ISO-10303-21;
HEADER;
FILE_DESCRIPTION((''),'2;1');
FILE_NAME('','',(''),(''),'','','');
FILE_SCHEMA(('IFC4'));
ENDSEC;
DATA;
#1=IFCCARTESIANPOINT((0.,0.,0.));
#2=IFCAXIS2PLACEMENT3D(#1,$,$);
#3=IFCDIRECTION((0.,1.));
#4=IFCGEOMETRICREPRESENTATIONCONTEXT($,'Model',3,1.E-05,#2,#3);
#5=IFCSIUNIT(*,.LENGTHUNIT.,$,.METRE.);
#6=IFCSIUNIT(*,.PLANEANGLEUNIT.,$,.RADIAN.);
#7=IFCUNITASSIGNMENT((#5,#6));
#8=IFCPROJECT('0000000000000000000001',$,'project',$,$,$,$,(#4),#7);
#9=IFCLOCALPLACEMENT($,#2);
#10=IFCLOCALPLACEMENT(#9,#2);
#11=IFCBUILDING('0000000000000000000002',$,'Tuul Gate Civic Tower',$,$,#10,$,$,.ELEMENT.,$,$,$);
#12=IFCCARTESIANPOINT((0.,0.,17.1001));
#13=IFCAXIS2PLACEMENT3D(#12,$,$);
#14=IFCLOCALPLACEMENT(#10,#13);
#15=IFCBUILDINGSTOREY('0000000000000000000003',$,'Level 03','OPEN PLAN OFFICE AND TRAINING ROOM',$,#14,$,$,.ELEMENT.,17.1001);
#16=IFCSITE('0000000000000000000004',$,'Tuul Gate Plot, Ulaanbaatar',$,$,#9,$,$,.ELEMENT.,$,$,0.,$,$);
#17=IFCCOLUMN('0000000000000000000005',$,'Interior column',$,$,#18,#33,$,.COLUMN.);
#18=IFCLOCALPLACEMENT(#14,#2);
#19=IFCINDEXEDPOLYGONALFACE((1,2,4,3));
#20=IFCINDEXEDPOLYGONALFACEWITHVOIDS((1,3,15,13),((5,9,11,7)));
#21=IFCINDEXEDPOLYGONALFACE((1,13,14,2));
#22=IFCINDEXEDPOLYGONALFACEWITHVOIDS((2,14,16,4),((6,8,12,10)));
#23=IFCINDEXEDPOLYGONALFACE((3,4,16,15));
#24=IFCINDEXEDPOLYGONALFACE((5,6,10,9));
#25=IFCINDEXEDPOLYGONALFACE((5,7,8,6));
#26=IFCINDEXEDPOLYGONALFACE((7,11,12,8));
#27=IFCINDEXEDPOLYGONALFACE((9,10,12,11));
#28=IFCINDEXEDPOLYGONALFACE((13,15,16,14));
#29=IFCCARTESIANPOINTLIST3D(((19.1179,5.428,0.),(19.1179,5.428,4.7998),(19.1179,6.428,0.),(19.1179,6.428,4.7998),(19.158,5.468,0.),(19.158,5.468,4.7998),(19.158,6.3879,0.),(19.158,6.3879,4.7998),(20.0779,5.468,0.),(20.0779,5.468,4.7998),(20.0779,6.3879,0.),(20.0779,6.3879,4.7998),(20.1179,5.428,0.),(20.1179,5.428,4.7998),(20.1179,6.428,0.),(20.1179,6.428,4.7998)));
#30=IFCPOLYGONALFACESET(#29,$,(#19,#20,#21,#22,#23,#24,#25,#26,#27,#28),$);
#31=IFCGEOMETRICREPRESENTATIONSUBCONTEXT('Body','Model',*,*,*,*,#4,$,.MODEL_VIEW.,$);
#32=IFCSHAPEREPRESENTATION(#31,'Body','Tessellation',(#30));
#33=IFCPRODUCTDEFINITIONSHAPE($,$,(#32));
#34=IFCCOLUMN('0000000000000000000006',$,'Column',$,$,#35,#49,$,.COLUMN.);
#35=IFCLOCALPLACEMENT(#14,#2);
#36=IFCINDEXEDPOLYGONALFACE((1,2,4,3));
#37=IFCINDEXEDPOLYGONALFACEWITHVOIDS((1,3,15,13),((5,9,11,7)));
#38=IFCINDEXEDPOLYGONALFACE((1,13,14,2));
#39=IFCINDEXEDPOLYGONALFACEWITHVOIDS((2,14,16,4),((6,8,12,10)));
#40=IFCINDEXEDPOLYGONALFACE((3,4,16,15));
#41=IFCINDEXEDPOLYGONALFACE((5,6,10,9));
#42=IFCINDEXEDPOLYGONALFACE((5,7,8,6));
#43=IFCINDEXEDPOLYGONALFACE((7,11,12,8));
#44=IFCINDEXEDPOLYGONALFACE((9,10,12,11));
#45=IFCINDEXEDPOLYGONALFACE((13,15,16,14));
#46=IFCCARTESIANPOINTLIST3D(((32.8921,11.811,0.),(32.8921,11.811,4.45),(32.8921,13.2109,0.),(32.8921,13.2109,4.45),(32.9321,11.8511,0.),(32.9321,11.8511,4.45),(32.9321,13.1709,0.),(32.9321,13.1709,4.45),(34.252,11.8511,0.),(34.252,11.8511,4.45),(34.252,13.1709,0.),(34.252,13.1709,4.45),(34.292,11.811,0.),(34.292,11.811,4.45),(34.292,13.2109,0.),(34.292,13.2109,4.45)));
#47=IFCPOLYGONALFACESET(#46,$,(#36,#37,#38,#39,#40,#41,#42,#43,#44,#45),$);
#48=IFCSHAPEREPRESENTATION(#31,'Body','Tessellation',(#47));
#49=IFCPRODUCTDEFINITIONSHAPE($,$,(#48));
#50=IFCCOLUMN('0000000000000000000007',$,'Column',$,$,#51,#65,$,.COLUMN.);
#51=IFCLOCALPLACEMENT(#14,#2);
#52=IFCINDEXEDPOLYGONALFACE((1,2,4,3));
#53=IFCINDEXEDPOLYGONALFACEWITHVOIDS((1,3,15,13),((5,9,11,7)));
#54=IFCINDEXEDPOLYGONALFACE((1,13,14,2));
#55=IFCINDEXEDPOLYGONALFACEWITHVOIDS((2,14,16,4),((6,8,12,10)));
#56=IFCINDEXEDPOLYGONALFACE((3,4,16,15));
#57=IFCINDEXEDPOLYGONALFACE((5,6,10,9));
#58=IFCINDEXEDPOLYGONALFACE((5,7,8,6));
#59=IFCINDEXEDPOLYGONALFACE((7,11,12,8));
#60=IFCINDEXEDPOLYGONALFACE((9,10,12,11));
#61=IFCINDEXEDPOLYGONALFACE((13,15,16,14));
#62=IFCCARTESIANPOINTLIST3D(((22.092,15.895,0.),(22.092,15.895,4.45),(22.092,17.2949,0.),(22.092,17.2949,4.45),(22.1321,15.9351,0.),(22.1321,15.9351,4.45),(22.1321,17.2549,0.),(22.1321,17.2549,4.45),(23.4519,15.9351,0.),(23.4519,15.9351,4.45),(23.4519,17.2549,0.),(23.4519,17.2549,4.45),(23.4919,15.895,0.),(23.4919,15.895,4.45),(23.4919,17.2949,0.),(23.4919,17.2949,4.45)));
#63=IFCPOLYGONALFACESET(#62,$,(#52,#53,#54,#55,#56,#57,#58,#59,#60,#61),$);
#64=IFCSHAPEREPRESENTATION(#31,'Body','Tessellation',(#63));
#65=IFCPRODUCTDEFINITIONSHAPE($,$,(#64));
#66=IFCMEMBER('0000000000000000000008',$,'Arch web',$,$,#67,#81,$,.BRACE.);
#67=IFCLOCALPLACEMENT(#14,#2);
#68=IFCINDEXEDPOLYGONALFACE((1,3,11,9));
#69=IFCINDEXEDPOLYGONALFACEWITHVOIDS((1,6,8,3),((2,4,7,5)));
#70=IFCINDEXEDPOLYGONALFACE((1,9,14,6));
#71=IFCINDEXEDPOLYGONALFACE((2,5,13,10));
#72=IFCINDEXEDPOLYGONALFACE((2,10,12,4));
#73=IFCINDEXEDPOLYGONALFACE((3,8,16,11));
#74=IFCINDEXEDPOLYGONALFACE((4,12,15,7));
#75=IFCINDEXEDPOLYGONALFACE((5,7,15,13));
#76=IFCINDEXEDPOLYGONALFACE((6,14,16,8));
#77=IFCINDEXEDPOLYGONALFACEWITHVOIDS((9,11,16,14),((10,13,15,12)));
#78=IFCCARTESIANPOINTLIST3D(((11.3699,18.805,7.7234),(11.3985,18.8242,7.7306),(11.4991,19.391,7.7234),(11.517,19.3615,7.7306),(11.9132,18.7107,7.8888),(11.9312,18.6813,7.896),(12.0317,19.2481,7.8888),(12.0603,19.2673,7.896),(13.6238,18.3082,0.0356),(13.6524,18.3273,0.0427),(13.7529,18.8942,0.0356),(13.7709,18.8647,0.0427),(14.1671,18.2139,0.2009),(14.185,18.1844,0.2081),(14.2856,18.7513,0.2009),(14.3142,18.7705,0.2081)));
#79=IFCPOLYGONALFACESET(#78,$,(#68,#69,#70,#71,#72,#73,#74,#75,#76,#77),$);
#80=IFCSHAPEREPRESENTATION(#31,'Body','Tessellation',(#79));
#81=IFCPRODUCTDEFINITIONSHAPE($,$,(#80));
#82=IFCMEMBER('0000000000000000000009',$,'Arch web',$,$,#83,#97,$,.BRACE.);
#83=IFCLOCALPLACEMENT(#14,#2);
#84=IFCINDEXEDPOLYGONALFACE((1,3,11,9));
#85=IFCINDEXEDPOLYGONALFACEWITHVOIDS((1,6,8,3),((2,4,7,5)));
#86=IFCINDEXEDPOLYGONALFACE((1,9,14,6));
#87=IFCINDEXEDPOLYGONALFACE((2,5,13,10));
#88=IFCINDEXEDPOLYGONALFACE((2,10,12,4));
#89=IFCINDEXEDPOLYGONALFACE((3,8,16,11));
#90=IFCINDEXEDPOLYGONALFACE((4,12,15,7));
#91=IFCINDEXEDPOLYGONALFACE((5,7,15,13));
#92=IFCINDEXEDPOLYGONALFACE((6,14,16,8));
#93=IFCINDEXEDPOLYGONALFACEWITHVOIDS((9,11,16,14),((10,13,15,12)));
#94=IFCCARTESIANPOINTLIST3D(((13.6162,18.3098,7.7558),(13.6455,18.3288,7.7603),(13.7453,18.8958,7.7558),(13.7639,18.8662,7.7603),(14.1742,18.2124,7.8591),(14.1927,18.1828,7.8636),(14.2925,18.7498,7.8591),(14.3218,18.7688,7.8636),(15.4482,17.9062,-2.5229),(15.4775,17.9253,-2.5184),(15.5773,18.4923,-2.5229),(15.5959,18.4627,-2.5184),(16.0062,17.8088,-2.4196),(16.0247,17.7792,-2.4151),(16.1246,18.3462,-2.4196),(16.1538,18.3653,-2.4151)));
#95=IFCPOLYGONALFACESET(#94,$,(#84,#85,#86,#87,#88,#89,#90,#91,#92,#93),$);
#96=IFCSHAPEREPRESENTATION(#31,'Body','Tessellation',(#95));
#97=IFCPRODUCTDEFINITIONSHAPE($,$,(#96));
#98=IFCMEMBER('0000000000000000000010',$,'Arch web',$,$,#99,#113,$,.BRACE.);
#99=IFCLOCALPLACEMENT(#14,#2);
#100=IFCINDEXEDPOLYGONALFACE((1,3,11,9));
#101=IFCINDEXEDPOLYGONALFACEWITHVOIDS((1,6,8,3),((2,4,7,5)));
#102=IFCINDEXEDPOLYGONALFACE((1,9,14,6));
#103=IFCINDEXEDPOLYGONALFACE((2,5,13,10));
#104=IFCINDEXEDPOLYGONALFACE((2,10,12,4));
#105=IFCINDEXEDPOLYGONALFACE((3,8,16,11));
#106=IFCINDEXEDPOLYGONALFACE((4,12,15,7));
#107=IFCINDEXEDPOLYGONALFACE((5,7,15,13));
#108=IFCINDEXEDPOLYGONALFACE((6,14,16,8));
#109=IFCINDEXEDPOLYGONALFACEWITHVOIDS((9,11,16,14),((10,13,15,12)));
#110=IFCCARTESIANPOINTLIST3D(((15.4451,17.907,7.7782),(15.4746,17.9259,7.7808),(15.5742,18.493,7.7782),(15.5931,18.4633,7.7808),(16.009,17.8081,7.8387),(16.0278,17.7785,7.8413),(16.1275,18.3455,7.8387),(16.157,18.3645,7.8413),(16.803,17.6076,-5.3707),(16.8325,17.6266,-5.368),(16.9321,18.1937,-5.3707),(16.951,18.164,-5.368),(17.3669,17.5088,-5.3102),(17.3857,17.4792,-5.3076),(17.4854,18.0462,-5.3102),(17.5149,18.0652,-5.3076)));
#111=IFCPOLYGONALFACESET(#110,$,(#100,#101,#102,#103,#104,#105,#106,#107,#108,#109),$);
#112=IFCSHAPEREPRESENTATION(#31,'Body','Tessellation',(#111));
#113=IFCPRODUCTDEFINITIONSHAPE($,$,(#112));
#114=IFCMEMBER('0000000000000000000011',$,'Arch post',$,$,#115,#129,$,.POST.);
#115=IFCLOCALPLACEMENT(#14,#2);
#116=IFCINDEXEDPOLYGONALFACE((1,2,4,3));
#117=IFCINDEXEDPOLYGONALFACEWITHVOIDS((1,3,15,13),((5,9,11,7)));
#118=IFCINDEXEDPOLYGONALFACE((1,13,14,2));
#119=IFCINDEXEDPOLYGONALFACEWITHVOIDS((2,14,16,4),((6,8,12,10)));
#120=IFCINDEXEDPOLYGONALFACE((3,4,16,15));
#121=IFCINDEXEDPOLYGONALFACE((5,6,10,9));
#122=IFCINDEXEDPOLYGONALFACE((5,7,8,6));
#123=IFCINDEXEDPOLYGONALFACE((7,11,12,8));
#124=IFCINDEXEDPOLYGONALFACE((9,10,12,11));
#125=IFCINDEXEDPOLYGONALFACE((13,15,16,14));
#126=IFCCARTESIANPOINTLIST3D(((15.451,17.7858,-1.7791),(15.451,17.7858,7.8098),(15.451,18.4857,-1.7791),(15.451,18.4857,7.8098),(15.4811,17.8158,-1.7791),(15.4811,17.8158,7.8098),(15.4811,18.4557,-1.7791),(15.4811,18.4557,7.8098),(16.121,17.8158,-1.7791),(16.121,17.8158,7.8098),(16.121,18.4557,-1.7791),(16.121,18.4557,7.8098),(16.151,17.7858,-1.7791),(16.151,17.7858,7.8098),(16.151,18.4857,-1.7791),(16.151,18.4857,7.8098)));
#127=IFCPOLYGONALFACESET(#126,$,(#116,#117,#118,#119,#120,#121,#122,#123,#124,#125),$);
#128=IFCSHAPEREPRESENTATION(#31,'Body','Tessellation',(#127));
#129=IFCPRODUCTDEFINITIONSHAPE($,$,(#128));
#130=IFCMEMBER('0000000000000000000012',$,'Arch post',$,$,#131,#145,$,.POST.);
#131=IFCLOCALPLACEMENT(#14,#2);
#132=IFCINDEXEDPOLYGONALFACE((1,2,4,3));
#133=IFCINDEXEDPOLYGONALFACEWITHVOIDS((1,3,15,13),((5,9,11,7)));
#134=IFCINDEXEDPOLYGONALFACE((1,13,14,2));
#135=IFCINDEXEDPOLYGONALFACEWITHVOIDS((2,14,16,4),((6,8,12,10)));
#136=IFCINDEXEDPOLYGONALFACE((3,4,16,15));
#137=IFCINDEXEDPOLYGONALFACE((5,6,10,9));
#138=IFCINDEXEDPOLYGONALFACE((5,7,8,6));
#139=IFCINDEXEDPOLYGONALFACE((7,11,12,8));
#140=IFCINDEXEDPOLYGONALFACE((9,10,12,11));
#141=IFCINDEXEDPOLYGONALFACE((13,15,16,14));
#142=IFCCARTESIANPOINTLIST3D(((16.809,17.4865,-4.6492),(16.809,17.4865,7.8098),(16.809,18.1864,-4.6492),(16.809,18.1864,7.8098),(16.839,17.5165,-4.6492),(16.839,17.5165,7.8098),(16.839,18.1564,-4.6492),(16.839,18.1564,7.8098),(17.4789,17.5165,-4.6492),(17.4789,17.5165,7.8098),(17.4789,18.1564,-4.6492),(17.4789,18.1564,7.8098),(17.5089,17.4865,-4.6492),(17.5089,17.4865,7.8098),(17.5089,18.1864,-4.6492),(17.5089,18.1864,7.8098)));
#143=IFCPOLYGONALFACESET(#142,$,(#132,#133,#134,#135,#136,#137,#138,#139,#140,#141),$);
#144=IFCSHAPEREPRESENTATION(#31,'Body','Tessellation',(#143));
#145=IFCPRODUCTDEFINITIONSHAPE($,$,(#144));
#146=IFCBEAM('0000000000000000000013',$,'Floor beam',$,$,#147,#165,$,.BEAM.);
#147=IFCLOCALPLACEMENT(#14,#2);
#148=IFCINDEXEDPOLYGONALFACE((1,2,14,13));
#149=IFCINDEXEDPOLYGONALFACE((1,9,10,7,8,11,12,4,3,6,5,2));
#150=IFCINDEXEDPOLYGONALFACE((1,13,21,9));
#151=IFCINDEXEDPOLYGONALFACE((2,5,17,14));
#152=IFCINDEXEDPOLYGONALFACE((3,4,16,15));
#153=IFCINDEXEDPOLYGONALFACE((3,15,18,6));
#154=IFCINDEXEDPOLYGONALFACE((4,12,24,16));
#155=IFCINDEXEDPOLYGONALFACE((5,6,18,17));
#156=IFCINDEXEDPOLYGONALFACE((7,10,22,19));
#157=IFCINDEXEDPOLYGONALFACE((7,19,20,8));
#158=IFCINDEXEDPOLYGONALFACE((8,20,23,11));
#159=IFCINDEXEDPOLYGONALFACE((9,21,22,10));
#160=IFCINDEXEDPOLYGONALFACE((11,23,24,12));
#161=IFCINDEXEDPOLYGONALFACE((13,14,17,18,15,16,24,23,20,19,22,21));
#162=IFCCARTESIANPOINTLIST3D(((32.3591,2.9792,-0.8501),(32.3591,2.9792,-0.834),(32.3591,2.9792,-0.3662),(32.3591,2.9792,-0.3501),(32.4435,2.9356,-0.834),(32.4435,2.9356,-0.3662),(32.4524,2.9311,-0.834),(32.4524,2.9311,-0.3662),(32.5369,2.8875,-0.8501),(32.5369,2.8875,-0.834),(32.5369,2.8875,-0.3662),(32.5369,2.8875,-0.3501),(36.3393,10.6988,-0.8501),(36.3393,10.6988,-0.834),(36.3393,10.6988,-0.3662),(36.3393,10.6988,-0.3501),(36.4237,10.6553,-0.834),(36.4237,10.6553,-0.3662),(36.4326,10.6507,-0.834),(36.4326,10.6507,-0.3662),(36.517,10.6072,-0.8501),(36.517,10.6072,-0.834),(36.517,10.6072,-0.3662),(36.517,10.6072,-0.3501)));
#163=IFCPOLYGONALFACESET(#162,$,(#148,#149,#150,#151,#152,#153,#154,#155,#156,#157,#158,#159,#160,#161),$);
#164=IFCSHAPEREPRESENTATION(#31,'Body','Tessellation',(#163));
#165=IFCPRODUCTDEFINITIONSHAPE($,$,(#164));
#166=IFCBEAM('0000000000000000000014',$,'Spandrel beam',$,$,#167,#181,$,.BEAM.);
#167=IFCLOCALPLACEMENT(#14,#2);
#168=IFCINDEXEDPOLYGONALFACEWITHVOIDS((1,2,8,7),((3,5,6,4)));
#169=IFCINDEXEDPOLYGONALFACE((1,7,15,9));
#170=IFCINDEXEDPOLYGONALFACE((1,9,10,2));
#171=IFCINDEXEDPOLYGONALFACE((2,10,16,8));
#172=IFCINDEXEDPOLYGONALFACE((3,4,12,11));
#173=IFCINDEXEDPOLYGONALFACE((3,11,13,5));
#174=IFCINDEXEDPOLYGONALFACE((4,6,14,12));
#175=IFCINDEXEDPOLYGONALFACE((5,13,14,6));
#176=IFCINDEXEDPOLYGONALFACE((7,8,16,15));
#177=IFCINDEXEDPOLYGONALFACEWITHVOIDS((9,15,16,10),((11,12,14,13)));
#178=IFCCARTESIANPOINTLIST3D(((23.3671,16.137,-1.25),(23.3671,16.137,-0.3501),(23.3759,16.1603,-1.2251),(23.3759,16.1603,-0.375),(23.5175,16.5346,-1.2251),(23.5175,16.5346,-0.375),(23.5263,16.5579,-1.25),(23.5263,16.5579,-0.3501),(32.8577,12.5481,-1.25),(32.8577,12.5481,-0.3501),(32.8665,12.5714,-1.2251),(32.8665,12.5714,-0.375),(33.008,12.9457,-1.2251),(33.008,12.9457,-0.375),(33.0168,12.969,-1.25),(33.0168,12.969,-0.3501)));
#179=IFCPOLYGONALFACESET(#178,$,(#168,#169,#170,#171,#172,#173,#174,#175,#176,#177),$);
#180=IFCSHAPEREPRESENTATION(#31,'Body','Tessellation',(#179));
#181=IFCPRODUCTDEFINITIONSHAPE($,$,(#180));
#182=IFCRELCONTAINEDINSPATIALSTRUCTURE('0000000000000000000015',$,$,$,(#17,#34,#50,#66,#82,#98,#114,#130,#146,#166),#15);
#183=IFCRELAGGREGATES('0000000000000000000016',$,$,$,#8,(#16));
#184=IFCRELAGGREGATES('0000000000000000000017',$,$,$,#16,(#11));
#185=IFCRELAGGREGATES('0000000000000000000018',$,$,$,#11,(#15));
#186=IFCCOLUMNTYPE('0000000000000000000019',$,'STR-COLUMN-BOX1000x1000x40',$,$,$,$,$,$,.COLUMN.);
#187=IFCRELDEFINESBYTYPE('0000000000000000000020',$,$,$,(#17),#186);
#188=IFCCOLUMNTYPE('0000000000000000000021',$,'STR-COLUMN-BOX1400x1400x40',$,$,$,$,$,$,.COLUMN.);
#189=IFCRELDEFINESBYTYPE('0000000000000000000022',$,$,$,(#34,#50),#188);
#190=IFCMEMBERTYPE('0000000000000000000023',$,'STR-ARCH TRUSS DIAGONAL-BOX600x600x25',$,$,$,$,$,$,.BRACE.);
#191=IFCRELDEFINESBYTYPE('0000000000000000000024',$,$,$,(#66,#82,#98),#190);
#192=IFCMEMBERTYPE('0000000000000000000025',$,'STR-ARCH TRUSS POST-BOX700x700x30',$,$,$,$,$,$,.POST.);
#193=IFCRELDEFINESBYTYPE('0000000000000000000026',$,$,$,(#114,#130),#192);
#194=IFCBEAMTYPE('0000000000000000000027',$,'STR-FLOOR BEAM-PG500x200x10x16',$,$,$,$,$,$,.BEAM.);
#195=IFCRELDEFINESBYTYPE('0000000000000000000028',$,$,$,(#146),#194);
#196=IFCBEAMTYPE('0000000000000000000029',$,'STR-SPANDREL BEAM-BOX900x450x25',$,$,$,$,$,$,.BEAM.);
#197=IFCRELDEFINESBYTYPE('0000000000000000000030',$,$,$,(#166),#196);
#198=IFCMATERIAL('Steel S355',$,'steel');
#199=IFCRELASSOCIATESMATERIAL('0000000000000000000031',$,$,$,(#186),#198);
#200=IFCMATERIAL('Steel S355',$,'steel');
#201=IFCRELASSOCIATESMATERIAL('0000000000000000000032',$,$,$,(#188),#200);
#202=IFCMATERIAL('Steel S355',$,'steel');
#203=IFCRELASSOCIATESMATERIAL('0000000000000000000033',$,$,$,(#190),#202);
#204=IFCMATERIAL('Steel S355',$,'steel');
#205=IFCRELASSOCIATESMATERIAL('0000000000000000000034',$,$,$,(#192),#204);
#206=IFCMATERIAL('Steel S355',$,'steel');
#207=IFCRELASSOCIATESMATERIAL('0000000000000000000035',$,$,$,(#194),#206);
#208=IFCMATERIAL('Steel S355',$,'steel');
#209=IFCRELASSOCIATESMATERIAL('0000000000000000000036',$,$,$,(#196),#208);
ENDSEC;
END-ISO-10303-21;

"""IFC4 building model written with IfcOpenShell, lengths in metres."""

from ifc_helpers import new_model, si_unit, direction, frame, origin, origin_2d, place, context, subcontext, project, spatial, hollow_rectangle, i_section, extrude, material, material_profile, profile_set, type_object, element, save


model = new_model("IFC4")

# Units and contexts
model_context = context("Model", 3, precision=1e-05, world=origin(), true_north=direction((0.0, 1.0)))
body_context = subcontext(model_context, "Body", "Model", "MODEL_VIEW")
ifc_project = project(units=[si_unit("LENGTHUNIT", "METRE"), si_unit("PLANEANGLEUNIT", "RADIAN")], contexts=[model_context])

# Site, building, storey
site_placement = place(None, origin())
site = spatial("IfcSite", under=ifc_project, at=site_placement, Name="Tuul Gate Plot, Ulaanbaatar", CompositionType="ELEMENT", RefElevation=0.0)
building_placement = place(site_placement, origin())
building = spatial("IfcBuilding", under=site, at=building_placement, Name="Tuul Gate Civic Tower", CompositionType="ELEMENT")
storey_placement = place(building_placement, frame((0.0, 0.0, 17.1001)))
storey = spatial("IfcBuildingStorey", under=building, at=storey_placement, Name="Level 03", Description="OPEN PLAN OFFICE AND TRAINING ROOM", CompositionType="ELEMENT", Elevation=17.1001)

# Columns
ifc_material_1 = material(Name="Steel S355", Category="steel")
ifc_material_profile_1 = material_profile(ifc_material_1, hollow_rectangle(XDim=1.0, YDim=1.0, WallThickness=0.04, at=origin_2d()), Name="BOX1000x1000x40")
ifc_profile_set_1 = profile_set([ifc_material_profile_1], Name="Steel S355")
column_type_1 = type_object("IfcColumnType", Name="STR-COLUMN-BOX1000x1000x40", PredefinedType="COLUMN", material=ifc_profile_set_1)
column_placement = place(storey_placement, frame((19.6179, 5.928, 0.0), z_axis=(0.0, 0.0, 1.0), x_axis=(1.0, 0.0, 0.0)))
element("IfcColumn", 1, at=column_placement, inside=storey, type_object=column_type_1, Name="Interior column", PredefinedType="COLUMN", context=body_context, shape_type="SweptSolid", body=[
    extrude(hollow_rectangle(XDim=1.0, YDim=1.0, WallThickness=0.04, at=origin_2d()), origin(), (0.0, 0.0, 1.0), 4.7998),
])
ifc_material_2 = material(Name="Steel S355", Category="steel")
ifc_material_profile_2 = material_profile(ifc_material_2, hollow_rectangle(XDim=1.3999, YDim=1.3999, WallThickness=0.04, at=origin_2d()), Name="BOX1400x1400x40")
ifc_profile_set_2 = profile_set([ifc_material_profile_2], Name="Steel S355")
column_type_2 = type_object("IfcColumnType", Name="STR-COLUMN-BOX1400x1400x40", PredefinedType="COLUMN", material=ifc_profile_set_2)
for number, where, z_axis, x_axis, name in (
    (2, (33.592, 12.511, 0.0), (0.0, 0.0, 1.0), (1.0, 0.0, 0.0), "Column"),
    (3, (22.792, 16.595, 0.0), (0.0, 0.0, 1.0), (1.0, 0.0, 0.0), "Column"),
):
    element("IfcColumn", number, at=place(storey_placement, frame(where, z_axis=z_axis, x_axis=x_axis)), inside=storey, type_object=column_type_2, Name=name, PredefinedType="COLUMN", context=body_context, shape_type="SweptSolid", body=[
        extrude(hollow_rectangle(XDim=1.3999, YDim=1.3999, WallThickness=0.04, at=origin_2d()), origin(), (0.0, 0.0, 1.0), 4.45),
    ])

# Members
ifc_material_3 = material(Name="Steel S355", Category="steel")
ifc_material_profile_3 = material_profile(ifc_material_3, hollow_rectangle(XDim=0.6001, YDim=0.6001, WallThickness=0.0249, at=origin_2d()), Name="BOX600x600x25")
ifc_profile_set_3 = profile_set([ifc_material_profile_3], Name="Steel S355")
member_type_1 = type_object("IfcMemberType", Name="STR-ARCH TRUSS DIAGONAL-BOX600x600x25", PredefinedType="BRACE", material=ifc_profile_set_3)
member_1_placement = place(storey_placement, frame((13.969, 18.5393, 0.1218), z_axis=(-0.280792, 0.061895, 0.957771), x_axis=(-0.215261, -0.976556, 0.0)))
element("IfcMember", 4, at=member_1_placement, inside=storey, type_object=member_type_1, Name="Arch web", PredefinedType="BRACE", context=body_context, shape_type="SweptSolid", body=[
    extrude(hollow_rectangle(XDim=0.6001, YDim=0.6001, WallThickness=0.0249, at=origin_2d()), origin(), (0.0, 0.0, 1.0), 8.0269),
])
member_2_placement = place(storey_placement, frame((15.801, 18.1357, -2.469), z_axis=(-0.175338, 0.038624, 0.98375), x_axis=(-0.215125, -0.976587, 0.0)))
element("IfcMember", 5, at=member_2_placement, inside=storey, type_object=member_type_1, Name="Arch web", PredefinedType="BRACE", context=body_context, shape_type="SweptSolid", body=[
    extrude(hollow_rectangle(XDim=0.6001, YDim=0.6001, WallThickness=0.0249, at=origin_2d()), origin(), (0.0, 0.0, 1.0), 10.4485),
])
member_3_placement = place(storey_placement, frame((17.1589, 17.8364, -5.3391), z_axis=(-0.102699, 0.022637, 0.994455), x_axis=(-0.215257, -0.976557, 0.0)))
element("IfcMember", 6, at=member_3_placement, inside=storey, type_object=member_type_1, Name="Arch web", PredefinedType="BRACE", context=body_context, shape_type="SweptSolid", body=[
    extrude(hollow_rectangle(XDim=0.6001, YDim=0.6001, WallThickness=0.0249, at=origin_2d()), origin(), (0.0, 0.0, 1.0), 13.2222),
])
ifc_material_4 = material(Name="Steel S355", Category="steel")
ifc_material_profile_4 = material_profile(ifc_material_4, hollow_rectangle(XDim=0.7, YDim=0.7, WallThickness=0.03, at=origin_2d()), Name="BOX700x700x30")
ifc_profile_set_4 = profile_set([ifc_material_profile_4], Name="Steel S355")
member_type_2 = type_object("IfcMemberType", Name="STR-ARCH TRUSS POST-BOX700x700x30", PredefinedType="POST", material=ifc_profile_set_4)
member_4_placement = place(storey_placement, frame((15.801, 18.1357, -1.7791), z_axis=(0.0, 0.0, 1.0), x_axis=(1.0, 0.0, 0.0)))
element("IfcMember", 7, at=member_4_placement, inside=storey, type_object=member_type_2, Name="Arch post", PredefinedType="POST", context=body_context, shape_type="SweptSolid", body=[
    extrude(hollow_rectangle(XDim=0.7, YDim=0.7, WallThickness=0.03, at=origin_2d()), origin(), (0.0, 0.0, 1.0), 9.5889),
])
member_5_placement = place(storey_placement, frame((17.1589, 17.8364, -4.6492), z_axis=(0.0, 0.0, 1.0), x_axis=(1.0, 0.0, 0.0)))
element("IfcMember", 8, at=member_5_placement, inside=storey, type_object=member_type_2, Name="Arch post", PredefinedType="POST", context=body_context, shape_type="SweptSolid", body=[
    extrude(hollow_rectangle(XDim=0.7, YDim=0.7, WallThickness=0.03, at=origin_2d()), origin(), (0.0, 0.0, 1.0), 12.459),
])

# Beams
ifc_material_5 = material(Name="Steel S355", Category="steel")
ifc_material_profile_5 = material_profile(ifc_material_5, i_section(OverallWidth=0.2, OverallDepth=0.5, WebThickness=0.01, FlangeThickness=0.0161, at=origin_2d()), Name="PG500x200x10x16")
ifc_profile_set_5 = profile_set([ifc_material_profile_5], Name="Steel S355")
beam_type_1 = type_object("IfcBeamType", Name="STR-FLOOR BEAM-PG500x200x10x16", PredefinedType="BEAM", material=ifc_profile_set_5)
beam_1_placement = place(storey_placement, frame((32.448, 2.9333, -0.6001), z_axis=(0.458266, 0.888815, 0.0), x_axis=(-0.888815, 0.458266, 0.0)))
element("IfcBeam", 9, at=beam_1_placement, inside=storey, type_object=beam_type_1, Name="Floor beam", PredefinedType="BEAM", context=body_context, shape_type="SweptSolid", body=[
    extrude(i_section(OverallWidth=0.2, OverallDepth=0.5, WebThickness=0.01, FlangeThickness=0.0161, at=origin_2d()), origin(), (0.0, 0.0, 1.0), 8.6853),
])
ifc_material_6 = material(Name="Steel S355", Category="steel")
ifc_material_profile_6 = material_profile(ifc_material_6, hollow_rectangle(XDim=0.45, YDim=0.8999, WallThickness=0.0249, at=origin_2d()), Name="BOX900x450x25")
ifc_profile_set_6 = profile_set([ifc_material_profile_6], Name="Steel S355")
beam_type_2 = type_object("IfcBeamType", Name="STR-SPANDREL BEAM-BOX900x450x25", PredefinedType="BEAM", material=ifc_profile_set_6)
beam_2_placement = place(storey_placement, frame((32.9373, 12.7585, -0.8), z_axis=(-0.935356, 0.353709, 0.0), x_axis=(-0.353709, -0.935356, 0.0)))
element("IfcBeam", 10, at=beam_2_placement, inside=storey, type_object=beam_type_2, Name="Spandrel beam", PredefinedType="BEAM", context=body_context, shape_type="SweptSolid", body=[
    extrude(hollow_rectangle(XDim=0.45, YDim=0.8999, WallThickness=0.0249, at=origin_2d()), origin(), (0.0, 0.0, 1.0), 10.1465),
])

save(model, "model.ifc")
